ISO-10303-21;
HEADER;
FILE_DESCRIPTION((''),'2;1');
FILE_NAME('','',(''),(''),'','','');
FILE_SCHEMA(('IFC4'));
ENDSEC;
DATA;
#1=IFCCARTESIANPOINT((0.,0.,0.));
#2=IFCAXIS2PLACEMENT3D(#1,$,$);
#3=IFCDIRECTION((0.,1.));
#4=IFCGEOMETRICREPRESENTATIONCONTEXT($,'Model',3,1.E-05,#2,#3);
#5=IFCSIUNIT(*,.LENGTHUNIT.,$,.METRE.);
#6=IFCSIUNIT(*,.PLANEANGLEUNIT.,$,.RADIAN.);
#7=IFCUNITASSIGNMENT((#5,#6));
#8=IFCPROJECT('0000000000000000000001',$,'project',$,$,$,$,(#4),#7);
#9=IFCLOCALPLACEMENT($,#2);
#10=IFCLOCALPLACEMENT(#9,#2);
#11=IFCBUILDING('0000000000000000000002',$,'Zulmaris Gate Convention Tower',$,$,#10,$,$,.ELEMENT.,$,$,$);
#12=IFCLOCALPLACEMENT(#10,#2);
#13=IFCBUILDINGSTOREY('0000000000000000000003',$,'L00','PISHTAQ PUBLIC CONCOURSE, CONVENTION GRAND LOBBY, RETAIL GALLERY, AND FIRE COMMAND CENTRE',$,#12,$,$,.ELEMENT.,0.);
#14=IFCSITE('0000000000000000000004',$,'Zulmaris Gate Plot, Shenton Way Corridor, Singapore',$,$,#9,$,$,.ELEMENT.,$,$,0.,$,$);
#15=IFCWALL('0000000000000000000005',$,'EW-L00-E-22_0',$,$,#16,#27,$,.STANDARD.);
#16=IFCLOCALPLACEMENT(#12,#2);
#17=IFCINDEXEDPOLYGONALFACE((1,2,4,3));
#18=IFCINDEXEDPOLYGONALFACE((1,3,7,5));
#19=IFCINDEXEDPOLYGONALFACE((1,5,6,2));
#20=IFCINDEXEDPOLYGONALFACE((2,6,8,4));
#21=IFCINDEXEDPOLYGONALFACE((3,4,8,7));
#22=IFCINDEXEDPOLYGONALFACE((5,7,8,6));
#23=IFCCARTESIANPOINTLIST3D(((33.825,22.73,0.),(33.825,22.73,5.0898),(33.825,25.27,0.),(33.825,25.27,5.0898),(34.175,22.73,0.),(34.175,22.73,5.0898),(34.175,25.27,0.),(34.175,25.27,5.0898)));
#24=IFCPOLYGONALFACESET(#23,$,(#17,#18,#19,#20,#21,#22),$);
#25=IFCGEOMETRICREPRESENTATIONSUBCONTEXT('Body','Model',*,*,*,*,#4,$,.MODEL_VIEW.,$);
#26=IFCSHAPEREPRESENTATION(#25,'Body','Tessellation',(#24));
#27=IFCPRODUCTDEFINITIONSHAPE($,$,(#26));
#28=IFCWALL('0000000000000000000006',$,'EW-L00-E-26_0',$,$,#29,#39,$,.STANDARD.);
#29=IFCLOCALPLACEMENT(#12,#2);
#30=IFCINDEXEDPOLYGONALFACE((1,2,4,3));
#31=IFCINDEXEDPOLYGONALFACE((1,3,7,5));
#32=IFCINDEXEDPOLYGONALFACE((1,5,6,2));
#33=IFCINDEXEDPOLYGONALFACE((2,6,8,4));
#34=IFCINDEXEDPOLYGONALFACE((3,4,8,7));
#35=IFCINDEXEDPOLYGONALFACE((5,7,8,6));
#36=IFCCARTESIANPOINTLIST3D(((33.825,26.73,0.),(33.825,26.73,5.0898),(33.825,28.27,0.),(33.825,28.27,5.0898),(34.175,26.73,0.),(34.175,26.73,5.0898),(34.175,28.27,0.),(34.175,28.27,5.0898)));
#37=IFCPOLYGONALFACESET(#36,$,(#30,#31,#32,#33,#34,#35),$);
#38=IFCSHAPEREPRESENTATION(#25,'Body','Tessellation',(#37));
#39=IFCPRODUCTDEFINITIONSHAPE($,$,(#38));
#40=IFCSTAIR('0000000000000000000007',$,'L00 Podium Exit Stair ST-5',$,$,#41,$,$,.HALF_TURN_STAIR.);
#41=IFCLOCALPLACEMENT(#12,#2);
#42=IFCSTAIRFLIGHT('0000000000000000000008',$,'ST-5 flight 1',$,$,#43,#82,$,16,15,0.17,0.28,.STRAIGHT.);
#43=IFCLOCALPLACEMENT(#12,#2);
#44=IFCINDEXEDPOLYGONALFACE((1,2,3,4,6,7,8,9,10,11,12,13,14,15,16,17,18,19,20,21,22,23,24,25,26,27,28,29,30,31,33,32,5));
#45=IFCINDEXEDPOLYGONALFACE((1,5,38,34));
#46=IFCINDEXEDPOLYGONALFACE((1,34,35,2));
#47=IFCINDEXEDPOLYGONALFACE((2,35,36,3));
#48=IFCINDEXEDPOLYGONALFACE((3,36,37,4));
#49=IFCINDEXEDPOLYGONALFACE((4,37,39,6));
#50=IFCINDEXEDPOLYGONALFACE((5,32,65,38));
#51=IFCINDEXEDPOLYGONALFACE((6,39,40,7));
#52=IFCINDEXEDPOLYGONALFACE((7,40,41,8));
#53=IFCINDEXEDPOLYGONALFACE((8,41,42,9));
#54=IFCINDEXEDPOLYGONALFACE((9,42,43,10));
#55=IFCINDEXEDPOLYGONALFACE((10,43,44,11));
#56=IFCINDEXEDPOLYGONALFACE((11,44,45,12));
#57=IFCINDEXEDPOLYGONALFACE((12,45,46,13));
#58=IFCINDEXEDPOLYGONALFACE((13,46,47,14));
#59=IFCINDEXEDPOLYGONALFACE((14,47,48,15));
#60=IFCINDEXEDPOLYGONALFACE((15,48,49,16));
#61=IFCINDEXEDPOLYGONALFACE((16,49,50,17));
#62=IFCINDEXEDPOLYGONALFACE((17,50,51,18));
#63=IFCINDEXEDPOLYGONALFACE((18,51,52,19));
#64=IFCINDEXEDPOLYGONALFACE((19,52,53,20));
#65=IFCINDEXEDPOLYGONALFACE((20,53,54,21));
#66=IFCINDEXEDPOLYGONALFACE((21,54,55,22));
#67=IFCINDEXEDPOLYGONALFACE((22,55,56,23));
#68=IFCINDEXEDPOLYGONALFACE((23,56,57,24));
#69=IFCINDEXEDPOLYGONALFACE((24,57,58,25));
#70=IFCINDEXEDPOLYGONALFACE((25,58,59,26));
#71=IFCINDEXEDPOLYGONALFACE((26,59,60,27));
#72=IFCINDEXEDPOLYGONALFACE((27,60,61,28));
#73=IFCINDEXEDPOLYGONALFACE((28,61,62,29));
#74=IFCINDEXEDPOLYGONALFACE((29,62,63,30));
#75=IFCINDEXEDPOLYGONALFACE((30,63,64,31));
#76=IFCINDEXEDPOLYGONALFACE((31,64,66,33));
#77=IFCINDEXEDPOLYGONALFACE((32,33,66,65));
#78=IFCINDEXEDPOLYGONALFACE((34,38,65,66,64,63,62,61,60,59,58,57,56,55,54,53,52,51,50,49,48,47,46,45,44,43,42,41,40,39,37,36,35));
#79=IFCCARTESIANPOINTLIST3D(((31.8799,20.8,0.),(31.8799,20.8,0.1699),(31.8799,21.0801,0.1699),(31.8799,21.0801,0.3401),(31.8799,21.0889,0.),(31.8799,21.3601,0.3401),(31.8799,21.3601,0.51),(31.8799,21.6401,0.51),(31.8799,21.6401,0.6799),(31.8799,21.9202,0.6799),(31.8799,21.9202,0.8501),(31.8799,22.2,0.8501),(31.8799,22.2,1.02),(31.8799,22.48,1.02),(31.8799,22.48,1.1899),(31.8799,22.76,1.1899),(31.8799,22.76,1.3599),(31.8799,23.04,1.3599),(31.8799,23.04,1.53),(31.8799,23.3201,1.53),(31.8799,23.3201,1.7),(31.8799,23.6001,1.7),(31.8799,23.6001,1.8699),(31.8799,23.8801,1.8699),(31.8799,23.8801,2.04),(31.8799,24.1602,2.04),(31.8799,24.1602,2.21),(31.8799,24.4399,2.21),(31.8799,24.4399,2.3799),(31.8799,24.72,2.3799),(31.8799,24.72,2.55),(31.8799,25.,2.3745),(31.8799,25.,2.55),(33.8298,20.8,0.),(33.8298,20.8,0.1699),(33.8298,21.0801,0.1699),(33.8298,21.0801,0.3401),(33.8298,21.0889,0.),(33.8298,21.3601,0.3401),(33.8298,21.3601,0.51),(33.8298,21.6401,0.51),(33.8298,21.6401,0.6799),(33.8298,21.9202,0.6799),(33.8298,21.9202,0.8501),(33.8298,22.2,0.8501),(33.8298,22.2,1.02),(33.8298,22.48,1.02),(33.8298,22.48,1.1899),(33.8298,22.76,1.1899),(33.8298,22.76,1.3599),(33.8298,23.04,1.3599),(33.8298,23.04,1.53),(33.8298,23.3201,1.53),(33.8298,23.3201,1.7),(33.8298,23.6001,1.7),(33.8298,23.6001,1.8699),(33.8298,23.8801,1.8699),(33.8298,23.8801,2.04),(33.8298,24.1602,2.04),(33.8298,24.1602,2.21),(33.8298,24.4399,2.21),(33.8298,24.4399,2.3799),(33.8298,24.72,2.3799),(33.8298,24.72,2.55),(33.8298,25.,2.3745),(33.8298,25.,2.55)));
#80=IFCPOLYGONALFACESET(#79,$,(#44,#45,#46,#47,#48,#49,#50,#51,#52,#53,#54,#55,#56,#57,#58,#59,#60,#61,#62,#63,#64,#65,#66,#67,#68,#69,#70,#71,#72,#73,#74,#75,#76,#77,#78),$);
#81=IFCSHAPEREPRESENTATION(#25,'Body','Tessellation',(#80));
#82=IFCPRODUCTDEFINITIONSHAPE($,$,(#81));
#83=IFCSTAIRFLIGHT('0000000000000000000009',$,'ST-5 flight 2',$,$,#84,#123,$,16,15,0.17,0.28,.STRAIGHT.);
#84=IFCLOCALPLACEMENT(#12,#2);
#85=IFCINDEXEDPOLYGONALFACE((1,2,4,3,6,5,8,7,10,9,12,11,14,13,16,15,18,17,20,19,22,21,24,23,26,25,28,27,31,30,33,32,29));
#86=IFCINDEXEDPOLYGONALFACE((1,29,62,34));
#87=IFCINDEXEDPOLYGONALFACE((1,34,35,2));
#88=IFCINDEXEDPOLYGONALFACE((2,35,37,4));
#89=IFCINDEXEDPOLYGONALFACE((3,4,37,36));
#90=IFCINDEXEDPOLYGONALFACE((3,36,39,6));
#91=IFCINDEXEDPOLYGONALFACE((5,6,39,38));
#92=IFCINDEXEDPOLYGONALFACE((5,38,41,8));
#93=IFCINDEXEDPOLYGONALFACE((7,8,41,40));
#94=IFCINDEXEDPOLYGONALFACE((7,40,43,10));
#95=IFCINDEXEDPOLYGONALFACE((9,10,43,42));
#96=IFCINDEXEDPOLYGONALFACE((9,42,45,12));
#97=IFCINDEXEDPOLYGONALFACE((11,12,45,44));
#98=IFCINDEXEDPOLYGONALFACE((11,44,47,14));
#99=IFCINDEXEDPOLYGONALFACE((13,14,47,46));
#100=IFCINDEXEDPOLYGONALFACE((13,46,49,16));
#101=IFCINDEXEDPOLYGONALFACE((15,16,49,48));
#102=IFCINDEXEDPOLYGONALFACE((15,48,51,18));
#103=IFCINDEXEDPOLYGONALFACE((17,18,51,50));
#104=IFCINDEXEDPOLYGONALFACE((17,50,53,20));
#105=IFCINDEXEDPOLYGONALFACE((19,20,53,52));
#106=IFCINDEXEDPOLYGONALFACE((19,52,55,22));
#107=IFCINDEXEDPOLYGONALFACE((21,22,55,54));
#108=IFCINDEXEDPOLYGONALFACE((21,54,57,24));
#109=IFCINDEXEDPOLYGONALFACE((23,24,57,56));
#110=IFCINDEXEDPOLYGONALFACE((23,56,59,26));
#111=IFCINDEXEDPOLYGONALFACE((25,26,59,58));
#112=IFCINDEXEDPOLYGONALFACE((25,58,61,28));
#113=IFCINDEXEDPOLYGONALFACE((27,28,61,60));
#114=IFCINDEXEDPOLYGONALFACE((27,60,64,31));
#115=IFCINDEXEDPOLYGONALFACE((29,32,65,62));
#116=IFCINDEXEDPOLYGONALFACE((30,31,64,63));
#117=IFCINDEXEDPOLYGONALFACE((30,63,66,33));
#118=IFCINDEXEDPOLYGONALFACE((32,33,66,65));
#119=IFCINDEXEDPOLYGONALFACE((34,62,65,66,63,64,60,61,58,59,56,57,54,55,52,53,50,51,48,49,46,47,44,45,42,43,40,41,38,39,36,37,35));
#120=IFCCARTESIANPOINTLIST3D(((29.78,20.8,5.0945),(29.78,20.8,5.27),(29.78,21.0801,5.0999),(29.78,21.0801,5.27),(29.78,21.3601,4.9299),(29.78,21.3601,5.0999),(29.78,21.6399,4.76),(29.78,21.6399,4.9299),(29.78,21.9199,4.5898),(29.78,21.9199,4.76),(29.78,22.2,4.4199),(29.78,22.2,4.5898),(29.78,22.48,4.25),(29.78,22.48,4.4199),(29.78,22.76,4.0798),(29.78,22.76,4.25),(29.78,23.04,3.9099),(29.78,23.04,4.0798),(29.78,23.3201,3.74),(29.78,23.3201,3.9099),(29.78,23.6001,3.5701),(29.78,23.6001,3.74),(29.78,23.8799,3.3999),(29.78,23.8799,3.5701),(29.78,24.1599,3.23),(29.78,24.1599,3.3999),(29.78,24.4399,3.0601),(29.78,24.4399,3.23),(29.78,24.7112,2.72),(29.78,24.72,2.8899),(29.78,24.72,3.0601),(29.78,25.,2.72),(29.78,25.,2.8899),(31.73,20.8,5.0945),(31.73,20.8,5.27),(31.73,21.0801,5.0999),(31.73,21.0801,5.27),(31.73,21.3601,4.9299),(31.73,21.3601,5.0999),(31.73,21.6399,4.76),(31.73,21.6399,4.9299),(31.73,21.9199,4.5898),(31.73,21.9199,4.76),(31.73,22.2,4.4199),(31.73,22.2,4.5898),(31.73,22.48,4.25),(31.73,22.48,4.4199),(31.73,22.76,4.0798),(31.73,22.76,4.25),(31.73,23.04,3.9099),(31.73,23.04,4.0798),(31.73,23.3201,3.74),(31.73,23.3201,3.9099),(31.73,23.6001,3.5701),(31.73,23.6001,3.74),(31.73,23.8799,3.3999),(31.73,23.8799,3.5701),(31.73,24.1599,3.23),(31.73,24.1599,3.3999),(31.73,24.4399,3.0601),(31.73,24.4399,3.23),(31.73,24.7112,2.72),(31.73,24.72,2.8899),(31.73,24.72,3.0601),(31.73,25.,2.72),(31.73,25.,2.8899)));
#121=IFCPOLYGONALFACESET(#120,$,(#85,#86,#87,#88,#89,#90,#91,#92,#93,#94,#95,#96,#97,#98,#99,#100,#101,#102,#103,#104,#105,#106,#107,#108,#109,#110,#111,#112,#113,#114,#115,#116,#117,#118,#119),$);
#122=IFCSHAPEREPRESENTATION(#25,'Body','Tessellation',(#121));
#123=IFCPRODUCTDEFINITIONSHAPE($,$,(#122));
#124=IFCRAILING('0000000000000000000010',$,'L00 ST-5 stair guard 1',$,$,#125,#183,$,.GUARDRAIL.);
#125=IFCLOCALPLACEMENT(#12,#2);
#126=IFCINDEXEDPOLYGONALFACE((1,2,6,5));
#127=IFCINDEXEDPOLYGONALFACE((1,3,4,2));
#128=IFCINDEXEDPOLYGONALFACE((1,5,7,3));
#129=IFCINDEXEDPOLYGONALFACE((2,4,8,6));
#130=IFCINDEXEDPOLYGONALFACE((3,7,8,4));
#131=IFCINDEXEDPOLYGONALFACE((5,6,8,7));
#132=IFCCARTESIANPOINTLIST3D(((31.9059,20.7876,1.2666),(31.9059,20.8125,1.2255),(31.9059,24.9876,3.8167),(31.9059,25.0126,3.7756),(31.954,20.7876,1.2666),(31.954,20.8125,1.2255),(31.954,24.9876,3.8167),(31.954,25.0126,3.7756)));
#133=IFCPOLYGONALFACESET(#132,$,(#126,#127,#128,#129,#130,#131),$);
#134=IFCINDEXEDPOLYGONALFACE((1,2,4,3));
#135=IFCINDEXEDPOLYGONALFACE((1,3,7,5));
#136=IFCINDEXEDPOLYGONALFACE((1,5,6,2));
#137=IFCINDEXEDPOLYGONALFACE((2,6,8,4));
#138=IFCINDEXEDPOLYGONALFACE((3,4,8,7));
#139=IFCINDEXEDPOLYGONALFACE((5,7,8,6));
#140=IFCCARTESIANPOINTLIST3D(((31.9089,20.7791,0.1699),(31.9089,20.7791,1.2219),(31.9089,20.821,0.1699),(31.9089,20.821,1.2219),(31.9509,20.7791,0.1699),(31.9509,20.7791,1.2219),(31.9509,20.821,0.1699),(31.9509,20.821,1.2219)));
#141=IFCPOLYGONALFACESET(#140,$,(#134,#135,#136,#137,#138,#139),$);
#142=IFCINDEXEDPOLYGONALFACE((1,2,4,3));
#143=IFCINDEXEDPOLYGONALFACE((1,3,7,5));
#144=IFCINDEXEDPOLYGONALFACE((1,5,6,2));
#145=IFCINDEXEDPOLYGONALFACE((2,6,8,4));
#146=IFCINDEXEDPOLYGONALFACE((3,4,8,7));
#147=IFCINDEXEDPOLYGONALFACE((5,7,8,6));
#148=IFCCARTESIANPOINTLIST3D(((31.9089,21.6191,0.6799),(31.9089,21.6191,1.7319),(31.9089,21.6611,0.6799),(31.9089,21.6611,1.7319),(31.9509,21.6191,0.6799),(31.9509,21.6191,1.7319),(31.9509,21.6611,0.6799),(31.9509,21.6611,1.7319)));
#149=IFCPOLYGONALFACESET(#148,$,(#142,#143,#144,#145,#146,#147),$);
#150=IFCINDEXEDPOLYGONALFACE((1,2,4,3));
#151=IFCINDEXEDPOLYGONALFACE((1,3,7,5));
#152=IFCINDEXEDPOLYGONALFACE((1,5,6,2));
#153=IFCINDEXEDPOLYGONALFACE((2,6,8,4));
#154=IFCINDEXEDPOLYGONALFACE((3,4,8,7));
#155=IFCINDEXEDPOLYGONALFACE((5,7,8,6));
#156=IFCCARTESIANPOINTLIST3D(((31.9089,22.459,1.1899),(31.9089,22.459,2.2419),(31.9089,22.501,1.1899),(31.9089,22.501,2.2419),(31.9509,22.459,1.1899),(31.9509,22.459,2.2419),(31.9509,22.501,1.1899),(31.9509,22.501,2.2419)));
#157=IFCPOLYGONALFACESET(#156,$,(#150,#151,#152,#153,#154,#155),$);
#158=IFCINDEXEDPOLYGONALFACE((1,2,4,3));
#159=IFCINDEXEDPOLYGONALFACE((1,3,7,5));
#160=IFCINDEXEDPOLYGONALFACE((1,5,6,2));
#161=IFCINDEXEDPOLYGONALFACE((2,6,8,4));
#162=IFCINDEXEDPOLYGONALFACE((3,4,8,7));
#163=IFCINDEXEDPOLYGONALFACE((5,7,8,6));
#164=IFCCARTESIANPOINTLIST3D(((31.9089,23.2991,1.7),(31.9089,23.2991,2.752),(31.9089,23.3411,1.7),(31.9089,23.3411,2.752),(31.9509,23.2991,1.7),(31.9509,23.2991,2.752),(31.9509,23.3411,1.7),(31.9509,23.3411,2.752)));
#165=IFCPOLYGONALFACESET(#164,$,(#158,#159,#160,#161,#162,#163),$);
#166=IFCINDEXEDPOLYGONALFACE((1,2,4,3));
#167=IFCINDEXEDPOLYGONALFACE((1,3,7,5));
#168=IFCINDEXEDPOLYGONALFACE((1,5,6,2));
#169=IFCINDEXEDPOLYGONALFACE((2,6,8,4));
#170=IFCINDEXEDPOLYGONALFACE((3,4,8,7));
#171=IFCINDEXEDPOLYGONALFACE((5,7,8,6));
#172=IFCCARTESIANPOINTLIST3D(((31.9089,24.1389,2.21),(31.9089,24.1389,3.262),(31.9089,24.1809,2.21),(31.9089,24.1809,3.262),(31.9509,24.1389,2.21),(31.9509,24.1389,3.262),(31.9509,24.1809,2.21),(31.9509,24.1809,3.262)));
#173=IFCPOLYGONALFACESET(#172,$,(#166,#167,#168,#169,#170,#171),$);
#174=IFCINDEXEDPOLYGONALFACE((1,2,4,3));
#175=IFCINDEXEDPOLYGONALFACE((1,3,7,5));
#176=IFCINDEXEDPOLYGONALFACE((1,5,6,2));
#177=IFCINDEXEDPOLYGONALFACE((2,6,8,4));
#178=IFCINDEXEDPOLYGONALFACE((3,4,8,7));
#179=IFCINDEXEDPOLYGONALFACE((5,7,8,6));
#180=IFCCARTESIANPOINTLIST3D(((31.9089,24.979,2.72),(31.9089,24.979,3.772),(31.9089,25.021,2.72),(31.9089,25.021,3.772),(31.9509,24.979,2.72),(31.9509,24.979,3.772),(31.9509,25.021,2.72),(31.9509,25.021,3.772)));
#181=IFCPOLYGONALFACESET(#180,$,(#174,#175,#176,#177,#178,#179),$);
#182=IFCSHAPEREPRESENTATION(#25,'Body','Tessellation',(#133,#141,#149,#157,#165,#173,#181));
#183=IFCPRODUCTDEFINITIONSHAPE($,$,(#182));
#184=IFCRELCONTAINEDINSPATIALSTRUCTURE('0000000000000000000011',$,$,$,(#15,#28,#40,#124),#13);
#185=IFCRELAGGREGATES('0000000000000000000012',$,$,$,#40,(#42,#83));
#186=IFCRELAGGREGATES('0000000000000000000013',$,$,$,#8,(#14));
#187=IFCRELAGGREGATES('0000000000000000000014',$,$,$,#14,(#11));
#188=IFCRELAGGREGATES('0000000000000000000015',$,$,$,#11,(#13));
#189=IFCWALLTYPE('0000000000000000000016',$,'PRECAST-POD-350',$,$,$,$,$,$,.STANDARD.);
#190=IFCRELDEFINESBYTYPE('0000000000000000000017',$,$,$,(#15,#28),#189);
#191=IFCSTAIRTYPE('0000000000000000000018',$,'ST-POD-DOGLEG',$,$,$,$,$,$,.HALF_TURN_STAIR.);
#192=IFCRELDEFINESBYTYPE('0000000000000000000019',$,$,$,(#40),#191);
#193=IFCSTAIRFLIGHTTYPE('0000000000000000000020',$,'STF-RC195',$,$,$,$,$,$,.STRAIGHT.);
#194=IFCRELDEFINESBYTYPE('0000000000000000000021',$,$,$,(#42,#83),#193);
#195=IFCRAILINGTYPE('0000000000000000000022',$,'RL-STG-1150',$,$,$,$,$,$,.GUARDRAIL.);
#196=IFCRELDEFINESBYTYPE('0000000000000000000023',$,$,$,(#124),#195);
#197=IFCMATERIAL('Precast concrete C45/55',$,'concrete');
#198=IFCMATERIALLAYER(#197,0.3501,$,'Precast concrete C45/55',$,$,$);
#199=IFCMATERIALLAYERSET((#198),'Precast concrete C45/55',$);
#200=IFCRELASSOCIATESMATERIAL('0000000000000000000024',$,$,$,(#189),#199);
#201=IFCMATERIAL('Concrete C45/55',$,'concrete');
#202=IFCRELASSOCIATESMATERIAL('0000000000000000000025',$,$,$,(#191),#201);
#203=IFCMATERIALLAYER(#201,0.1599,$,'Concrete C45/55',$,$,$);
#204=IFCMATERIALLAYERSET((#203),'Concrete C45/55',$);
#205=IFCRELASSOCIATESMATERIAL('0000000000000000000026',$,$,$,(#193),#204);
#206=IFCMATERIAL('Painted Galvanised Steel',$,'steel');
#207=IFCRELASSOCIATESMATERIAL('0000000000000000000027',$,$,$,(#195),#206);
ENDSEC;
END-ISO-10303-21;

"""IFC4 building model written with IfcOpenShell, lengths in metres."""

from ifc_helpers import new_model, si_unit, direction, frame, frame_2d, origin, origin_2d, place, context, subcontext, project, spatial, polyline, rectangle, outline, extrude, material, layer, layer_set, type_object, element, aggregate, save


model = new_model("IFC4")

# Units and contexts
model_context = context("Model", 3, precision=1e-05, world=origin(), true_north=direction((0.0, 1.0)))
body_context = subcontext(model_context, "Body", "Model", "MODEL_VIEW")
ifc_project = project(units=[si_unit("LENGTHUNIT", "METRE"), si_unit("PLANEANGLEUNIT", "RADIAN")], contexts=[model_context])

# Site, building, storey
site_placement = place(None, origin())
site = spatial("IfcSite", under=ifc_project, at=site_placement, Name="Zulmaris Gate Plot, Shenton Way Corridor, Singapore", CompositionType="ELEMENT", RefElevation=0.0)
building_placement = place(site_placement, origin())
building = spatial("IfcBuilding", under=site, at=building_placement, Name="Zulmaris Gate Convention Tower", CompositionType="ELEMENT")
storey_placement = place(building_placement, origin())
storey = spatial("IfcBuildingStorey", under=building, at=storey_placement, Name="L00", Description="PISHTAQ PUBLIC CONCOURSE, CONVENTION GRAND LOBBY, RETAIL GALLERY, AND FIRE COMMAND CENTRE", CompositionType="ELEMENT", Elevation=0.0)

# Shared definitions
ifc_material_1 = material(Name="Precast concrete C45/55", Category="concrete")
ifc_layer_1 = layer(ifc_material_1, 0.3501, Name="Precast concrete C45/55")
ifc_layer_set_1 = layer_set([ifc_layer_1], Name="Precast concrete C45/55")
wall_type_1 = type_object("IfcWallType", Name="PRECAST-POD-350", PredefinedType="STANDARD", material=ifc_layer_set_1)

# Walls
wall_1_placement = place(storey_placement, frame((34.0, 25.27, 0.0), z_axis=(0.0, 0.0, 1.0), x_axis=(0.0, -1.0, 0.0)))
element("IfcWall", 1, at=wall_1_placement, inside=storey, type_object=wall_type_1, Name="EW-L00-E-22_0", PredefinedType="STANDARD", context=body_context, shape_type="SweptSolid", body=[
    extrude(rectangle(XDim=2.54, YDim=0.3501, at=frame_2d((1.27, 0.0))), origin(), (0.0, 0.0, 1.0), 5.0898),
])
wall_2_placement = place(storey_placement, frame((34.0, 28.27, 0.0), z_axis=(0.0, 0.0, 1.0), x_axis=(0.0, -1.0, 0.0)))
element("IfcWall", 2, at=wall_2_placement, inside=storey, type_object=wall_type_1, Name="EW-L00-E-26_0", PredefinedType="STANDARD", context=body_context, shape_type="SweptSolid", body=[
    extrude(rectangle(XDim=1.54, YDim=0.3501, at=frame_2d((0.77, 0.0))), origin(), (0.0, 0.0, 1.0), 5.0898),
])

# Stair, stair flights
ifc_material_2 = material(Name="Concrete C45/55", Category="concrete")
stair_type = type_object("IfcStairType", Name="ST-POD-DOGLEG", PredefinedType="HALF_TURN_STAIR", material=ifc_material_2)
stair_placement = place(storey_placement, origin())
stair = element("IfcStair", 3, at=stair_placement, inside=storey, type_object=stair_type, Name="L00 Podium Exit Stair ST-5", PredefinedType="HALF_TURN_STAIR")
ifc_layer_2 = layer(ifc_material_2, 0.1599, Name="Concrete C45/55")
ifc_layer_set_2 = layer_set([ifc_layer_2], Name="Concrete C45/55")
stair_flight_type = type_object("IfcStairFlightType", Name="STF-RC195", PredefinedType="STRAIGHT", material=ifc_layer_set_2)
stair_flight_1_placement = place(storey_placement, frame((32.855, 20.8, 0.0), z_axis=(0.0, 0.0, 1.0), x_axis=(0.0, 1.0, 0.0)))
stair_flight_1 = element("IfcStairFlight", 4, at=stair_flight_1_placement, type_object=stair_flight_type, Name="ST-5 flight 1", NumberOfRisers=16, NumberOfTreads=15, PredefinedType="STRAIGHT", RiserHeight=0.17, TreadLength=0.28, context=body_context, shape_type="SweptSolid", body=[
    extrude(outline(polyline([(0.0, 0.0), (0.0, 0.1699), (0.28, 0.1699), (0.28, 0.3401), (0.5601, 0.3401), (0.5601, 0.51), (0.8401, 0.51), (0.8401, 0.6799), (1.1201, 0.6799), (1.1201, 0.8501), (1.3999, 0.8501), (1.3999, 1.02), (1.6799, 1.02), (1.6799, 1.1899), (1.96, 1.1899), (1.96, 1.3599), (2.24, 1.3599), (2.24, 1.53), (2.52, 1.53), (2.52, 1.7), (2.8, 1.7), (2.8, 1.8699), (3.0801, 1.8699), (3.0801, 2.04), (3.3601, 2.04), (3.3601, 2.21), (3.6399, 2.21), (3.6399, 2.3799), (3.9199, 2.3799), (3.9199, 2.55), (4.2, 2.55), (4.2, 2.72), (4.2, 2.3745), (0.2888, 0.0), (0.0, 0.0)])), frame((0.0, 0.9751, 0.0), z_axis=(0.0, -1.0, 0.0), x_axis=(1.0, 0.0, 0.0)), (0.0, 0.0, 1.0), 1.95),
])
stair_flight_2_placement = place(storey_placement, frame((30.7549, 25.0, 2.72), z_axis=(0.0, 0.0, 1.0), x_axis=(0.0, -1.0, 0.0)))
stair_flight_2 = element("IfcStairFlight", 5, at=stair_flight_2_placement, type_object=stair_flight_type, Name="ST-5 flight 2", NumberOfRisers=16, NumberOfTreads=15, PredefinedType="STRAIGHT", RiserHeight=0.17, TreadLength=0.28, context=body_context, shape_type="SweptSolid", body=[
    extrude(outline(polyline([(0.0, 0.0), (0.0, 0.1699), (0.28, 0.1699), (0.28, 0.3401), (0.5601, 0.3401), (0.5601, 0.51), (0.8401, 0.51), (0.8401, 0.6799), (1.1201, 0.6799), (1.1201, 0.8501), (1.3999, 0.8501), (1.3999, 1.02), (1.6799, 1.02), (1.6799, 1.1899), (1.96, 1.1899), (1.96, 1.3599), (2.24, 1.3599), (2.24, 1.53), (2.52, 1.53), (2.52, 1.7), (2.8, 1.7), (2.8, 1.8699), (3.0801, 1.8699), (3.0801, 2.04), (3.3601, 2.04), (3.3601, 2.21), (3.6399, 2.21), (3.6399, 2.3799), (3.9199, 2.3799), (3.9199, 2.55), (4.2, 2.55), (4.2, 2.72), (4.2, 2.3745), (0.2888, 0.0), (0.0, 0.0)])), frame((0.0, 0.9751, 0.0), z_axis=(0.0, -1.0, 0.0), x_axis=(1.0, 0.0, 0.0)), (0.0, 0.0, 1.0), 1.95),
])
aggregate(stair, [stair_flight_1, stair_flight_2])

# Railing
ifc_material_3 = material(Name="Painted Galvanised Steel", Category="steel")
railing_type_1 = type_object("IfcRailingType", Name="RL-STG-1150", PredefinedType="GUARDRAIL", material=ifc_material_3)
railing_1_placement = place(storey_placement, frame((31.9299, 20.8, 0.1699)))
element("IfcRailing", 6, at=railing_1_placement, inside=storey, type_object=railing_type_1, Name="L00 ST-5 stair guard 1", PredefinedType="GUARDRAIL", context=body_context, shape_type="SweptSolid", body=[
    extrude(rectangle(XDim=0.0481, YDim=0.0481, at=origin_2d()), frame((0.0, 0.0, 1.0762), z_axis=(0.0, 0.85478, 0.51899), x_axis=(-1.0, 0.0, 0.0)), (0.0, 0.0, 1.0), 4.9136),
    extrude(rectangle(XDim=0.042, YDim=0.042, at=origin_2d()), origin(), (0.0, 0.0, 1.0), 1.052),
    extrude(rectangle(XDim=0.042, YDim=0.042, at=origin_2d()), frame((0.0, 0.8401, 0.51)), (0.0, 0.0, 1.0), 1.052),
    extrude(rectangle(XDim=0.042, YDim=0.042, at=origin_2d()), frame((0.0, 1.6799, 1.02)), (0.0, 0.0, 1.0), 1.052),
    extrude(rectangle(XDim=0.042, YDim=0.042, at=origin_2d()), frame((0.0, 2.52, 1.53)), (0.0, 0.0, 1.0), 1.052),
    extrude(rectangle(XDim=0.042, YDim=0.042, at=origin_2d()), frame((0.0, 3.3599, 2.04)), (0.0, 0.0, 1.0), 1.052),
    extrude(rectangle(XDim=0.042, YDim=0.042, at=origin_2d()), frame((0.0, 4.2, 2.55)), (0.0, 0.0, 1.0), 1.052),
])

save(model, "model.ifc")
